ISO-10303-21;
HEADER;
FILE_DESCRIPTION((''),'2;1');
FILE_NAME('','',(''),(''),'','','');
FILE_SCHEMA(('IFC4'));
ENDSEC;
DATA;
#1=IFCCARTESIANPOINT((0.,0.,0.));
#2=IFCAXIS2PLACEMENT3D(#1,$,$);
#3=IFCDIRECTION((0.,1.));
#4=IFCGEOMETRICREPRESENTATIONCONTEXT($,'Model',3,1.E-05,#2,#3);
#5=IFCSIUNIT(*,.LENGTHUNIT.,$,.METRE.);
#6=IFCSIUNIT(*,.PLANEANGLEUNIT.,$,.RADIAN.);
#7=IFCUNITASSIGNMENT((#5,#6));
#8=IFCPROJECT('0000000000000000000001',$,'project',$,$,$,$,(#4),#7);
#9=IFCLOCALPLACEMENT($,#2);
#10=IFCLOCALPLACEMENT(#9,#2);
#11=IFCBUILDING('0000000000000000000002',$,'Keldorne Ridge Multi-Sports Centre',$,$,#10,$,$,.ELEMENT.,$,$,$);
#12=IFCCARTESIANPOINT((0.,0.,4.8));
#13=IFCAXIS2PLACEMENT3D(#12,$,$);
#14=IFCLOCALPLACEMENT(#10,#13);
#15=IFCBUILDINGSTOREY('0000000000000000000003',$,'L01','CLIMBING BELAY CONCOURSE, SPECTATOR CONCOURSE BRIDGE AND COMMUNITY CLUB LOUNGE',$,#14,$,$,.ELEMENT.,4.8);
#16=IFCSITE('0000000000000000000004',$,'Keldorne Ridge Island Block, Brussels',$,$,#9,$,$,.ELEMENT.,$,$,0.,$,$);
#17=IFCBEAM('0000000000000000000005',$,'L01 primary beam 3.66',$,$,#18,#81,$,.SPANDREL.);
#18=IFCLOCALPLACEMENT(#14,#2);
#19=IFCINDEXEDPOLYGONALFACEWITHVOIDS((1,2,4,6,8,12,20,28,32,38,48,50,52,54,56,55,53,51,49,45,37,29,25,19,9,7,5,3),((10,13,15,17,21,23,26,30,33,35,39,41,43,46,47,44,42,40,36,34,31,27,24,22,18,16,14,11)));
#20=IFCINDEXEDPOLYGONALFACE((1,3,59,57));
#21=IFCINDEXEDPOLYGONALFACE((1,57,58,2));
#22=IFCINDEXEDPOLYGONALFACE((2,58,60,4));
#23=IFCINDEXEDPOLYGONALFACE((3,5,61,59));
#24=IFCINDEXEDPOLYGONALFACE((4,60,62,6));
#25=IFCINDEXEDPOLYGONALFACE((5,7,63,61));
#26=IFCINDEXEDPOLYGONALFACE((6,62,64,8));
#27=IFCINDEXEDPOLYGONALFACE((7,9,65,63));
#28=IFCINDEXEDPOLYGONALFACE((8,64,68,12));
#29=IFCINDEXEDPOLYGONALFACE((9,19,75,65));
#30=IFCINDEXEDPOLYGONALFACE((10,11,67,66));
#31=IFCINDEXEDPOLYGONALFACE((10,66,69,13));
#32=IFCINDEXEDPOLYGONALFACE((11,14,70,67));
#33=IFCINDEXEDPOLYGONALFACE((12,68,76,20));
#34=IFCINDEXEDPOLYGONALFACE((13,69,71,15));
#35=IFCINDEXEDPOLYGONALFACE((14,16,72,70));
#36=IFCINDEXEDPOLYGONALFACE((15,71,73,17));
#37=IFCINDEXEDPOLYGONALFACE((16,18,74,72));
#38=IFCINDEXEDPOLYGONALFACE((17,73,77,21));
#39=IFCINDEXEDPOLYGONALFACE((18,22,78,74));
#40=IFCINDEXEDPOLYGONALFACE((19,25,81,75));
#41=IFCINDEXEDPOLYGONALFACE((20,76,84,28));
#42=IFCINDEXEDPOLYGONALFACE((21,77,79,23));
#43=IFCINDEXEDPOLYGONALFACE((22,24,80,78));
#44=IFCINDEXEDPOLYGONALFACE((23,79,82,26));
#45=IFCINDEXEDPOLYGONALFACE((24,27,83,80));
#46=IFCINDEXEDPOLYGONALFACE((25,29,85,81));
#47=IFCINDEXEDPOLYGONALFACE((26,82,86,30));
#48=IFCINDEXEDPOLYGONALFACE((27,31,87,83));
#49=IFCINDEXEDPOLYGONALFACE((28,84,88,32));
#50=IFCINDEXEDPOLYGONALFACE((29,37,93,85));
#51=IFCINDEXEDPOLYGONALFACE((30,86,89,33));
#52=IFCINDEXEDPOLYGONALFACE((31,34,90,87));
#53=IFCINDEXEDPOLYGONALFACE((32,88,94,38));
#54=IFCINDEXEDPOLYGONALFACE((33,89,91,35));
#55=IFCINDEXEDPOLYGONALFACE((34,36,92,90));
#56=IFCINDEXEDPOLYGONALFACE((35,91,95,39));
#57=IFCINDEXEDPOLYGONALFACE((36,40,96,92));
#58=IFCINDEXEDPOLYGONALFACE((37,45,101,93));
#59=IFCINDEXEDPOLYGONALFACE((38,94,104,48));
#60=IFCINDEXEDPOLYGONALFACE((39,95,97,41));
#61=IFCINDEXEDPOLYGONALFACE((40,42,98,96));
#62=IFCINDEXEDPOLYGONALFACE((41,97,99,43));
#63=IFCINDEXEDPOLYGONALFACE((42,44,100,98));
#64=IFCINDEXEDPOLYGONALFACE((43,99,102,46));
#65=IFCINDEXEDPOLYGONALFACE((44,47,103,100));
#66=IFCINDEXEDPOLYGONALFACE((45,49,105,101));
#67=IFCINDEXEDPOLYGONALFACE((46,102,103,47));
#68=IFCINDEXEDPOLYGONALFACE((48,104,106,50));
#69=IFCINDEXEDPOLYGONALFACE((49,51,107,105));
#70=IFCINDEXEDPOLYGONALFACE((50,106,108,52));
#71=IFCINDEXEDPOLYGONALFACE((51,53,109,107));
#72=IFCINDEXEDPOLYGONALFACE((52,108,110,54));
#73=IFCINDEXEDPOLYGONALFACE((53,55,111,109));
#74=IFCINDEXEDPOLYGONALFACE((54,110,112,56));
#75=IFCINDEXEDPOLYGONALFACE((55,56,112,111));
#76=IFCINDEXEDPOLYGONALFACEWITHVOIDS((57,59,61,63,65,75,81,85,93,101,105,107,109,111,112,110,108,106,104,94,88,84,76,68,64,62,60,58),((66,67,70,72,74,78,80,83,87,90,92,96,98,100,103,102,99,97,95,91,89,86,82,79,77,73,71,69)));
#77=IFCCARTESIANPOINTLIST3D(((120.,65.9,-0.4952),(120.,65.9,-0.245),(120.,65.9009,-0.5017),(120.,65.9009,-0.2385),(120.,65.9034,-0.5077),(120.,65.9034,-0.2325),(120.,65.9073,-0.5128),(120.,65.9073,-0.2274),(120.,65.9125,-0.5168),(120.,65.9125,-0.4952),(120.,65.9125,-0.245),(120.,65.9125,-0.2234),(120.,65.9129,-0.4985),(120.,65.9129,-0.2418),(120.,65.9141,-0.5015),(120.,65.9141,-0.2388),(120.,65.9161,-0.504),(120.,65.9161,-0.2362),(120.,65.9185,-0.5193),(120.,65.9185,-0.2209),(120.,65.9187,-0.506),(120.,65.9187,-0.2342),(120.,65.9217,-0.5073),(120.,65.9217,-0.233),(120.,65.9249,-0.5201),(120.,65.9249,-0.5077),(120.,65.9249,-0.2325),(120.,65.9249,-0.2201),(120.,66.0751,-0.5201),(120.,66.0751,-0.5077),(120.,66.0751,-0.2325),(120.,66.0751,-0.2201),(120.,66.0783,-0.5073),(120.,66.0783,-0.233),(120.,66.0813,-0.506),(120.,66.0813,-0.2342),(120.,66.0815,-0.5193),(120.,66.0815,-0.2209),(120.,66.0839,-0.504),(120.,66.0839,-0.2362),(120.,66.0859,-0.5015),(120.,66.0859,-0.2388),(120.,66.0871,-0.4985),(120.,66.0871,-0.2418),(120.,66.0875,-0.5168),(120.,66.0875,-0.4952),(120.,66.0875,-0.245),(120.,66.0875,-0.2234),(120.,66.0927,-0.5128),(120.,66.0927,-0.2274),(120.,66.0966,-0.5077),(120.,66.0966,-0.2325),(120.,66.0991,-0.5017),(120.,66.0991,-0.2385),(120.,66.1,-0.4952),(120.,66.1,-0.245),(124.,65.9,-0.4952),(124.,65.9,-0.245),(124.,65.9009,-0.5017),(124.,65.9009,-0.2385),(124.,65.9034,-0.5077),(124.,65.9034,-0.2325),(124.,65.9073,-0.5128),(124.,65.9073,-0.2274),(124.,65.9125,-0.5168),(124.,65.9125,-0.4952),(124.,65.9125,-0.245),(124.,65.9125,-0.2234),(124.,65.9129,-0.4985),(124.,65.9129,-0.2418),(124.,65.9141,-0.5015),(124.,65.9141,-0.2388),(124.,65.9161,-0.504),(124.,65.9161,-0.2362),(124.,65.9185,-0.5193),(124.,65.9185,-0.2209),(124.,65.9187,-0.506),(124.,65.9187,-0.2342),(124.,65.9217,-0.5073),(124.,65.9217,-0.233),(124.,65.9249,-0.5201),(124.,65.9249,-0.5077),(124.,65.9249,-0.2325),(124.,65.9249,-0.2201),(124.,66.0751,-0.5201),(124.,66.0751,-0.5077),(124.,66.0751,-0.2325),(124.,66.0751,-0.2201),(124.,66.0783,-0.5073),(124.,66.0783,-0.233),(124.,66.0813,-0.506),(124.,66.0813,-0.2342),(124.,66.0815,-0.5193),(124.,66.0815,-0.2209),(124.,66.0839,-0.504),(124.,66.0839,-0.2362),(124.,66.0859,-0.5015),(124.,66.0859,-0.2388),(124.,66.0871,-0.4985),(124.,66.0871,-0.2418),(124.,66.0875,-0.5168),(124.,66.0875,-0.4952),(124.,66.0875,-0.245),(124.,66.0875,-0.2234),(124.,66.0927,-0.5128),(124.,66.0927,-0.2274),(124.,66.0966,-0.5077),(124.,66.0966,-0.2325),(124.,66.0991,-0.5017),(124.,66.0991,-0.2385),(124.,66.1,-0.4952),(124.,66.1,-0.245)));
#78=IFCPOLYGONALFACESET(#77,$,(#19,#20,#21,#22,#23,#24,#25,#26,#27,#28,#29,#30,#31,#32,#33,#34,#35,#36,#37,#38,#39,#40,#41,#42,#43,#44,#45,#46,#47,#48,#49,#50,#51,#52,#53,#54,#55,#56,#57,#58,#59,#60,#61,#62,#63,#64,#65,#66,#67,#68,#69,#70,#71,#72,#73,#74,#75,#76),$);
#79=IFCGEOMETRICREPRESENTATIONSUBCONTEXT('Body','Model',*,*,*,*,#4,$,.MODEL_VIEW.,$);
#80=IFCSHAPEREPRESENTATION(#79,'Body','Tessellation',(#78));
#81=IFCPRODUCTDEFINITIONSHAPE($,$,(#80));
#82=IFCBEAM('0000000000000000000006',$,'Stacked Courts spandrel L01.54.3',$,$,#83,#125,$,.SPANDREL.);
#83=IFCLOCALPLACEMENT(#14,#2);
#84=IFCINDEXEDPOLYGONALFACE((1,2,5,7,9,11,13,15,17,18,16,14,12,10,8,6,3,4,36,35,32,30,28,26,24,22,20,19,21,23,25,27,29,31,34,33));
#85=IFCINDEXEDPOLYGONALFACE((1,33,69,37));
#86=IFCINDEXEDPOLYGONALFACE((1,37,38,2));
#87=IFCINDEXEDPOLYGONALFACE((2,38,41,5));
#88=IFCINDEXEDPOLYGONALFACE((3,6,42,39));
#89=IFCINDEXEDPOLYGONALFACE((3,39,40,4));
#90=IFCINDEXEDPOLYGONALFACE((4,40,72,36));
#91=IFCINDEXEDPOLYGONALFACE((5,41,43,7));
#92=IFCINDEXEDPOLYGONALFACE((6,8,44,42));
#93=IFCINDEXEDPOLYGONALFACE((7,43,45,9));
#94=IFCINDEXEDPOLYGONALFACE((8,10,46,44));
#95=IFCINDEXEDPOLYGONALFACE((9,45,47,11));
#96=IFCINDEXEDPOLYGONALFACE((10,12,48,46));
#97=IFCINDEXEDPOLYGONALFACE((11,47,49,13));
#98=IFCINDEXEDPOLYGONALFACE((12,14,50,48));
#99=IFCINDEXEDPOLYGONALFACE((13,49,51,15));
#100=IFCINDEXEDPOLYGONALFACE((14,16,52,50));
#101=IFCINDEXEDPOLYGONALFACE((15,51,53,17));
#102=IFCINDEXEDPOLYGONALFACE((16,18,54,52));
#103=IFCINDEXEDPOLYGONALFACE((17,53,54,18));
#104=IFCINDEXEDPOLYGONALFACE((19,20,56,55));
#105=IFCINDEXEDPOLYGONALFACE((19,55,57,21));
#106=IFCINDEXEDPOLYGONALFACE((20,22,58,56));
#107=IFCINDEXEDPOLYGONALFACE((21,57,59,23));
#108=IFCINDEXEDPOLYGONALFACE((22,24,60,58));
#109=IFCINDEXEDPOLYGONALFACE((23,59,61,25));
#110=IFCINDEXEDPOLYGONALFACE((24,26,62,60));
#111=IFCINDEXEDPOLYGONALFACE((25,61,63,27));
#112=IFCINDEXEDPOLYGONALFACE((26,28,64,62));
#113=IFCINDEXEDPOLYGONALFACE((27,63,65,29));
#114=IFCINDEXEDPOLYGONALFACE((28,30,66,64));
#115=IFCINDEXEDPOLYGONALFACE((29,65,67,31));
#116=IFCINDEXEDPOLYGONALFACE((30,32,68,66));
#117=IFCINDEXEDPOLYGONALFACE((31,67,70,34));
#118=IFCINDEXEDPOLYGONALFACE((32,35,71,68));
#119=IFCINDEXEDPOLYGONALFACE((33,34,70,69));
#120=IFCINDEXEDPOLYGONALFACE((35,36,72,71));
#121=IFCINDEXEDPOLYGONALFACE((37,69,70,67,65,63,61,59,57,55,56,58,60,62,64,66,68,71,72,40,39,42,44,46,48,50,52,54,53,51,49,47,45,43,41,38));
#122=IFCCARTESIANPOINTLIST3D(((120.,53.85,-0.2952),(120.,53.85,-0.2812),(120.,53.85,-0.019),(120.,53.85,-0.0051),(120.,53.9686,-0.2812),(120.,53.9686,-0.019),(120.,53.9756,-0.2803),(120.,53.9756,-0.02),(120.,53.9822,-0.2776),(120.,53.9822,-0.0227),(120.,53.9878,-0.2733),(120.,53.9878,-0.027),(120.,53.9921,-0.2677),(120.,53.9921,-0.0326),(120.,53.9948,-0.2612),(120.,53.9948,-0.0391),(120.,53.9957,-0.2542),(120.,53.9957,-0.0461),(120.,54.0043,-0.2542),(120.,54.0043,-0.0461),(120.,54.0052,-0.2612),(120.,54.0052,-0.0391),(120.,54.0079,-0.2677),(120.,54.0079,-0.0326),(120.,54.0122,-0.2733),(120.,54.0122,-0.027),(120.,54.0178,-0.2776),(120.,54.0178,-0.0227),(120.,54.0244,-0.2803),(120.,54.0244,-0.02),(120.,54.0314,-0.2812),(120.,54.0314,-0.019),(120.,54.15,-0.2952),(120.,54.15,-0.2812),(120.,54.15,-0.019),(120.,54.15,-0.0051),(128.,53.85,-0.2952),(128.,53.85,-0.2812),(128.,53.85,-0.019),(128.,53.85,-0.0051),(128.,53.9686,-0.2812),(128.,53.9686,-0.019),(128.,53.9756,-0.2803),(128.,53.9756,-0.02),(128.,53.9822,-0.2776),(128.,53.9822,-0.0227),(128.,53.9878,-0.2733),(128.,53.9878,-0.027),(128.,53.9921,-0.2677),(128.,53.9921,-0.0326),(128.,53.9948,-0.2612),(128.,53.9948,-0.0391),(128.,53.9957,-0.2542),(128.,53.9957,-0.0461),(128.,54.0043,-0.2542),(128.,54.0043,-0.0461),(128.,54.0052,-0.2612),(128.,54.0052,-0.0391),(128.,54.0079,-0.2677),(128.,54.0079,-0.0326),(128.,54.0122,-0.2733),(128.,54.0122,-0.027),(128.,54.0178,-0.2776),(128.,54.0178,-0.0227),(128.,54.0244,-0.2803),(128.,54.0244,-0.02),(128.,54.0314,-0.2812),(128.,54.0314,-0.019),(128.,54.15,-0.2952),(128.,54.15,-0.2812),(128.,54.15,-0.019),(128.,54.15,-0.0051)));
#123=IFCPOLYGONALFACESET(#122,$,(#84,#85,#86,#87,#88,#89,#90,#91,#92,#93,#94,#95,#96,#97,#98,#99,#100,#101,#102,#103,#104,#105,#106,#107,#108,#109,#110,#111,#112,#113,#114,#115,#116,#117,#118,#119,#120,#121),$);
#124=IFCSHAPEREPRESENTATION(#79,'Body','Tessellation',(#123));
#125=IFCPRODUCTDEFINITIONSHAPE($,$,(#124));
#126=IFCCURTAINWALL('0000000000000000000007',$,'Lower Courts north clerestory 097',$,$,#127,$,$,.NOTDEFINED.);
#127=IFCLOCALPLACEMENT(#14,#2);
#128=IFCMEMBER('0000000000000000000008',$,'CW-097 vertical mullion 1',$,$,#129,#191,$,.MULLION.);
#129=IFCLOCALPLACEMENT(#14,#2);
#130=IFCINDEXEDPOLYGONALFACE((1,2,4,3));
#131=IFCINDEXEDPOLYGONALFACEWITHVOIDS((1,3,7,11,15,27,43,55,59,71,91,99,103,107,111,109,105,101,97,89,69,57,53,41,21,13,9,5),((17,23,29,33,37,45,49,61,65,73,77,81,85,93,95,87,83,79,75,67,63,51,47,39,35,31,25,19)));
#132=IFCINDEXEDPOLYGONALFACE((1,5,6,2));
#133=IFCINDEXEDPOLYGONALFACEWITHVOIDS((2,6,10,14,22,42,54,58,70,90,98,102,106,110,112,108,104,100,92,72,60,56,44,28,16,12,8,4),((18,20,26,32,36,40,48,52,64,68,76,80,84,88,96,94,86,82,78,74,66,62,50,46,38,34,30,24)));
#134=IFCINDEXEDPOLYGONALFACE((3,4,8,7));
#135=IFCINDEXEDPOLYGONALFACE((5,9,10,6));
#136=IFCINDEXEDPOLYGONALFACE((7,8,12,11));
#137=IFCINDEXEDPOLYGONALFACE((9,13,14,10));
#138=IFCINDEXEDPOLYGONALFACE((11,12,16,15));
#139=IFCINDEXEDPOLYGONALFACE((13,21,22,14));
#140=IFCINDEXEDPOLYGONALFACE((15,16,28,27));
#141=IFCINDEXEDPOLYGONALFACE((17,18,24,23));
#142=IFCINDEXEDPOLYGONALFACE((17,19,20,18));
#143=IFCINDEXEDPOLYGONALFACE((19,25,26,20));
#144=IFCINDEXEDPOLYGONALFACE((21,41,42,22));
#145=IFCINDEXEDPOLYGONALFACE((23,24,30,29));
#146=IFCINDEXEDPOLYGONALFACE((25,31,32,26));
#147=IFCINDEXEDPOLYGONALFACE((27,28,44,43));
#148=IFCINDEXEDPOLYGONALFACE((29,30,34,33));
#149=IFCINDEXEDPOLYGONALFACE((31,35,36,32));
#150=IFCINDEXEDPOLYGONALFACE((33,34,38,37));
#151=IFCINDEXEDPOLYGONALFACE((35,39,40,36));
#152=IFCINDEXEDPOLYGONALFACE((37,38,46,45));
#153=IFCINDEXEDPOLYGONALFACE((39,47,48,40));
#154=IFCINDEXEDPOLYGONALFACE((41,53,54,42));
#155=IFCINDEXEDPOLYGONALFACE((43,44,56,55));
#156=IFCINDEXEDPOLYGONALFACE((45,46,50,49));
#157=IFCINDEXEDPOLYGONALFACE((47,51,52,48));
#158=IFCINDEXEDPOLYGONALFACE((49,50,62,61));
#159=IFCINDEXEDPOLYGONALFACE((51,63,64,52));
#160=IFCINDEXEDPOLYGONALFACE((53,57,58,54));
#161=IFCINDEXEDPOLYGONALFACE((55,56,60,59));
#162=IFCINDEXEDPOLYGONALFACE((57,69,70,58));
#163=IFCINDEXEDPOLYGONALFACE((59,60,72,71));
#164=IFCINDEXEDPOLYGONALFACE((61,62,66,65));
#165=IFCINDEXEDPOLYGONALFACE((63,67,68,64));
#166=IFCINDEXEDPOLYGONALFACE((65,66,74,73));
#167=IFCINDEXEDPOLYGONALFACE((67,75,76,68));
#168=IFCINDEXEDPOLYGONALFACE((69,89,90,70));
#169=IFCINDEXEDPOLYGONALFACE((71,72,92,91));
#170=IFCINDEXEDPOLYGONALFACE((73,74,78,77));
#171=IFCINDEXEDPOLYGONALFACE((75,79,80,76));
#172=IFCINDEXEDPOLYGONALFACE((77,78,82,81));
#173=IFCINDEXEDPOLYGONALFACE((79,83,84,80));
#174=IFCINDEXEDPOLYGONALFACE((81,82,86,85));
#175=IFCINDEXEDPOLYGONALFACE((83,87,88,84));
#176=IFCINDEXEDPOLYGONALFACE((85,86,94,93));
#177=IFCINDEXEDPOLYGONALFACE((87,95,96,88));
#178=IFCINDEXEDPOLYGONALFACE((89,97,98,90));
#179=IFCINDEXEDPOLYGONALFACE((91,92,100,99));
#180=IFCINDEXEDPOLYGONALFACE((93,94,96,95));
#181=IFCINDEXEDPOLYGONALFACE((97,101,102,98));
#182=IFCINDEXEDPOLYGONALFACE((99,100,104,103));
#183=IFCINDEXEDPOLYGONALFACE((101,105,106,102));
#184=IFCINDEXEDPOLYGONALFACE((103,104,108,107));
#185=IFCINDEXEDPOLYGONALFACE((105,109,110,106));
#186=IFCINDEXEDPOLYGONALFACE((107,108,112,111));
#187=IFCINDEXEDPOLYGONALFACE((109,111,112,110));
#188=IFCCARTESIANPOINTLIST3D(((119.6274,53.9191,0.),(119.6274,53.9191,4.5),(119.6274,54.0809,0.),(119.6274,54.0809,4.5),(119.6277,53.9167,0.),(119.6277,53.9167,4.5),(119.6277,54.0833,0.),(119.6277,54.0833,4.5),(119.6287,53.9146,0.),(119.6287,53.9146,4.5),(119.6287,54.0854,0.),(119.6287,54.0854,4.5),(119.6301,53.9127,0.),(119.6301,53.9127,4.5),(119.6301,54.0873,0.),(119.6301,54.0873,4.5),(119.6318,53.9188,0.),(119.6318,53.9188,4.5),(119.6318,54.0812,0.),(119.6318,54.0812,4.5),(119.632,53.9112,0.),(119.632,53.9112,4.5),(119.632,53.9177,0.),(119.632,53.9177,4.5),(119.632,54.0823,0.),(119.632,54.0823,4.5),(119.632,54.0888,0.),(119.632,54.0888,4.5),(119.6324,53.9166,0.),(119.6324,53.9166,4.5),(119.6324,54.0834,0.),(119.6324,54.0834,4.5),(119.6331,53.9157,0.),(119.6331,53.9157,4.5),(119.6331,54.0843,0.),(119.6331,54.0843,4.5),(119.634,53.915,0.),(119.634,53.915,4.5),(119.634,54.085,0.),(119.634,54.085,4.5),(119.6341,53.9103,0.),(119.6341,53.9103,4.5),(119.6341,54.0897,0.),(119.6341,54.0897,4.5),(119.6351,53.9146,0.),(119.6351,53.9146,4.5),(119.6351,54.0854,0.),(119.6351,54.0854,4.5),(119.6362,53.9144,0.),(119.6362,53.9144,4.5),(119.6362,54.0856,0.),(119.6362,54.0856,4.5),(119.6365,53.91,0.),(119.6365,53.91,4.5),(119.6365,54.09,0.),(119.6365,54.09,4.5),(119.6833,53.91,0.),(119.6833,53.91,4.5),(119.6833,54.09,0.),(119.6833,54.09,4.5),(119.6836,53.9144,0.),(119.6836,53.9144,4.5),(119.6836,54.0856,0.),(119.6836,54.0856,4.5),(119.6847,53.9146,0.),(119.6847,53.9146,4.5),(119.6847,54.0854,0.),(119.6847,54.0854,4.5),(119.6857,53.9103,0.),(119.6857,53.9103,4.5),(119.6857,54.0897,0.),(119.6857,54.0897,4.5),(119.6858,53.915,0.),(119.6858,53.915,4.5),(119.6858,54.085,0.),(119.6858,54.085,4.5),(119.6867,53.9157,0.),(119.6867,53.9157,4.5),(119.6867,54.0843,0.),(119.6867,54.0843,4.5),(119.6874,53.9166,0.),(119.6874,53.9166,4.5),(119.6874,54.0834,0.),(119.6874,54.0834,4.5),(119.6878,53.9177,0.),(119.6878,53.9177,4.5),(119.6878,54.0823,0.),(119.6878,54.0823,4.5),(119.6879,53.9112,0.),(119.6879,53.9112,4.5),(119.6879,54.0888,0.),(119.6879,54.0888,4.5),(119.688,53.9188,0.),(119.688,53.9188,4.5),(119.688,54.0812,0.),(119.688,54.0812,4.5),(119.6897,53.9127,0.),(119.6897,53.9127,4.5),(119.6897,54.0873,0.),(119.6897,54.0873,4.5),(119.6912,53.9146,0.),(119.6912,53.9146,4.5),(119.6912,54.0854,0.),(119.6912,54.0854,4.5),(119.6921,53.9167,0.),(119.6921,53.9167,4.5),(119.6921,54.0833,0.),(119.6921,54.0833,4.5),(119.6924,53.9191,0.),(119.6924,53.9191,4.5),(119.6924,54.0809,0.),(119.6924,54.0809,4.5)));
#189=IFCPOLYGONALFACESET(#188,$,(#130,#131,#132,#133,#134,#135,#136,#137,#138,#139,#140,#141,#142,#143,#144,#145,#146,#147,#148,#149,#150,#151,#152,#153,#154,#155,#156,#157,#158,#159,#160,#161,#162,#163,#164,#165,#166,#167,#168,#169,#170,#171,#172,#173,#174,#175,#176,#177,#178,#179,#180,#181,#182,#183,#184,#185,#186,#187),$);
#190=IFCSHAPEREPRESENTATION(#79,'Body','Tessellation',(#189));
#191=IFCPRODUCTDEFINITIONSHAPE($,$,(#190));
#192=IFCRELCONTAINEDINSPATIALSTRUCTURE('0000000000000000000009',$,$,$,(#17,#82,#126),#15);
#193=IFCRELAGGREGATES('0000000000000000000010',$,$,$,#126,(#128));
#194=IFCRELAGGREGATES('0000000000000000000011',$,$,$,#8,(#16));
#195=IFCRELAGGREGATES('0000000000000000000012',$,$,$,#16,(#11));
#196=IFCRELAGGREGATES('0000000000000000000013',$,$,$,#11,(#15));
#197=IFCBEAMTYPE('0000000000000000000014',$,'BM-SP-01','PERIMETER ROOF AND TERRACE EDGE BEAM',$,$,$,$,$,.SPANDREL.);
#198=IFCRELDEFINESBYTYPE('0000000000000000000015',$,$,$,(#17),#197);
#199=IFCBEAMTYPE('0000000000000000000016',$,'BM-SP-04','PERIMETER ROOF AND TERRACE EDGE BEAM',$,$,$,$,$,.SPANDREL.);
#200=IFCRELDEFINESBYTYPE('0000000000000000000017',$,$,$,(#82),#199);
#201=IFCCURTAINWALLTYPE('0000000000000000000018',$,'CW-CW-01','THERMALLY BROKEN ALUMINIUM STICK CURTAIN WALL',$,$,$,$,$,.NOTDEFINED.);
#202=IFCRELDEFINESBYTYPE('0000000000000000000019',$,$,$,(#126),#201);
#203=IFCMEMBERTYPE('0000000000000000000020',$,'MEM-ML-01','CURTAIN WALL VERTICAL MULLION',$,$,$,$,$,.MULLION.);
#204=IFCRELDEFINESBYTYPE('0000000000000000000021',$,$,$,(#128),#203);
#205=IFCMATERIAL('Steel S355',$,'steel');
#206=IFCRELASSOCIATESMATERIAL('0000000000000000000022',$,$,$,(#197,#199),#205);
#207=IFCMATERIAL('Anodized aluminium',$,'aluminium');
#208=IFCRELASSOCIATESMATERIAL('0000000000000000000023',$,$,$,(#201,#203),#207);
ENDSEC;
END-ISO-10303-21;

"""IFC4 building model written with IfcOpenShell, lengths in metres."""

from ifc_helpers import new_model, si_unit, direction, frame, origin, origin_2d, place, context, subcontext, project, spatial, hollow_rectangle, i_section, extrude, material, material_profile, profile_set, type_object, element, aggregate, save


model = new_model("IFC4")

# Units and contexts
model_context = context("Model", 3, precision=1e-05, world=origin(), true_north=direction((0.0, 1.0)))
body_context = subcontext(model_context, "Body", "Model", "MODEL_VIEW")
ifc_project = project(units=[si_unit("LENGTHUNIT", "METRE"), si_unit("PLANEANGLEUNIT", "RADIAN")], contexts=[model_context])

# Site, building, storey
site_placement = place(None, origin())
site = spatial("IfcSite", under=ifc_project, at=site_placement, Name="Keldorne Ridge Island Block, Brussels", CompositionType="ELEMENT", RefElevation=0.0)
building_placement = place(site_placement, origin())
building = spatial("IfcBuilding", under=site, at=building_placement, Name="Keldorne Ridge Multi-Sports Centre", CompositionType="ELEMENT")
storey_placement = place(building_placement, frame((0.0, 0.0, 4.8)))
storey = spatial("IfcBuildingStorey", under=building, at=storey_placement, Name="L01", Description="CLIMBING BELAY CONCOURSE, SPECTATOR CONCOURSE BRIDGE AND COMMUNITY CLUB LOUNGE", CompositionType="ELEMENT", Elevation=4.8)

# Shared definitions
ifc_material_1 = material(Name="Steel S355", Category="steel")

# Beams
ifc_material_profile_1 = material_profile(ifc_material_1, hollow_rectangle(XDim=0.2, YDim=0.3, WallThickness=0.0125, InnerFilletRadius=0.0125, OuterFilletRadius=0.0249, at=origin_2d()), Name="RHS 300x200x12.5")
ifc_profile_set_1 = profile_set([ifc_material_profile_1], Name="Steel S355")
beam_type_1 = type_object("IfcBeamType", Name="BM-SP-01", Description="PERIMETER ROOF AND TERRACE EDGE BEAM", PredefinedType="SPANDREL", material=ifc_profile_set_1)
beam_1_placement = place(storey_placement, frame((120.0, 66.0, -0.3701), z_axis=(1.0, 0.0, 0.0), x_axis=(0.0, 1.0, 0.0)))
element("IfcBeam", 1, at=beam_1_placement, inside=storey, type_object=beam_type_1, Name="L01 primary beam 3.66", PredefinedType="SPANDREL", context=body_context, shape_type="SweptSolid", body=[
    extrude(hollow_rectangle(XDim=0.2, YDim=0.3, WallThickness=0.0125, InnerFilletRadius=0.0125, OuterFilletRadius=0.0249, at=origin_2d()), origin(), (0.0, 0.0, 1.0), 4.0),
])
ifc_material_profile_2 = material_profile(ifc_material_1, i_section(OverallWidth=0.3, OverallDepth=0.29, WebThickness=0.0085, FlangeThickness=0.0139, FilletRadius=0.0271, at=origin_2d()), Name="HEA 300")
ifc_profile_set_2 = profile_set([ifc_material_profile_2], Name="Steel S355")
beam_type_2 = type_object("IfcBeamType", Name="BM-SP-04", Description="PERIMETER ROOF AND TERRACE EDGE BEAM", PredefinedType="SPANDREL", material=ifc_profile_set_2)
beam_2_placement = place(storey_placement, frame((120.0, 54.0, -0.1501), z_axis=(1.0, 0.0, 0.0), x_axis=(0.0, 1.0, 0.0)))
element("IfcBeam", 2, at=beam_2_placement, inside=storey, type_object=beam_type_2, Name="Stacked Courts spandrel L01.54.3", PredefinedType="SPANDREL", context=body_context, shape_type="SweptSolid", body=[
    extrude(i_section(OverallWidth=0.3, OverallDepth=0.29, WebThickness=0.0085, FlangeThickness=0.0139, FilletRadius=0.0271, at=origin_2d()), origin(), (0.0, 0.0, 1.0), 8.0),
])

# Curtain wall, member
ifc_material_2 = material(Name="Anodized aluminium", Category="aluminium")
curtain_wall_type_1 = type_object("IfcCurtainWallType", Name="CW-CW-01", Description="THERMALLY BROKEN ALUMINIUM STICK CURTAIN WALL", PredefinedType="NOTDEFINED", material=ifc_material_2)
curtain_wall_1_placement = place(storey_placement, origin())
curtain_wall_1 = element("IfcCurtainWall", 3, at=curtain_wall_1_placement, inside=storey, type_object=curtain_wall_type_1, Name="Lower Courts north clerestory 097", PredefinedType="NOTDEFINED")
ifc_material_profile_3 = material_profile(ifc_material_2, hollow_rectangle(XDim=0.0649, YDim=0.1799, WallThickness=0.0044, InnerFilletRadius=0.0044, OuterFilletRadius=0.009, at=origin_2d()), Name="ALU MULLION 180x65x4.5")
ifc_profile_set_3 = profile_set([ifc_material_profile_3], Name="Anodized aluminium")
member_type_1 = type_object("IfcMemberType", Name="MEM-ML-01", Description="CURTAIN WALL VERTICAL MULLION", PredefinedType="MULLION", material=ifc_profile_set_3)
member_1_placement = place(storey_placement, frame((119.6599, 54.0, 0.0), z_axis=(0.0, 0.0, 1.0), x_axis=(1.0, 0.0, 0.0)))
member_1 = element("IfcMember", 4, at=member_1_placement, type_object=member_type_1, Name="CW-097 vertical mullion 1", PredefinedType="MULLION", context=body_context, shape_type="SweptSolid", body=[
    extrude(hollow_rectangle(XDim=0.0649, YDim=0.1799, WallThickness=0.0044, InnerFilletRadius=0.0044, OuterFilletRadius=0.009, at=origin_2d()), origin(), (0.0, 0.0, 1.0), 4.5),
])

aggregate(curtain_wall_1, [member_1])

save(model, "model.ifc")
